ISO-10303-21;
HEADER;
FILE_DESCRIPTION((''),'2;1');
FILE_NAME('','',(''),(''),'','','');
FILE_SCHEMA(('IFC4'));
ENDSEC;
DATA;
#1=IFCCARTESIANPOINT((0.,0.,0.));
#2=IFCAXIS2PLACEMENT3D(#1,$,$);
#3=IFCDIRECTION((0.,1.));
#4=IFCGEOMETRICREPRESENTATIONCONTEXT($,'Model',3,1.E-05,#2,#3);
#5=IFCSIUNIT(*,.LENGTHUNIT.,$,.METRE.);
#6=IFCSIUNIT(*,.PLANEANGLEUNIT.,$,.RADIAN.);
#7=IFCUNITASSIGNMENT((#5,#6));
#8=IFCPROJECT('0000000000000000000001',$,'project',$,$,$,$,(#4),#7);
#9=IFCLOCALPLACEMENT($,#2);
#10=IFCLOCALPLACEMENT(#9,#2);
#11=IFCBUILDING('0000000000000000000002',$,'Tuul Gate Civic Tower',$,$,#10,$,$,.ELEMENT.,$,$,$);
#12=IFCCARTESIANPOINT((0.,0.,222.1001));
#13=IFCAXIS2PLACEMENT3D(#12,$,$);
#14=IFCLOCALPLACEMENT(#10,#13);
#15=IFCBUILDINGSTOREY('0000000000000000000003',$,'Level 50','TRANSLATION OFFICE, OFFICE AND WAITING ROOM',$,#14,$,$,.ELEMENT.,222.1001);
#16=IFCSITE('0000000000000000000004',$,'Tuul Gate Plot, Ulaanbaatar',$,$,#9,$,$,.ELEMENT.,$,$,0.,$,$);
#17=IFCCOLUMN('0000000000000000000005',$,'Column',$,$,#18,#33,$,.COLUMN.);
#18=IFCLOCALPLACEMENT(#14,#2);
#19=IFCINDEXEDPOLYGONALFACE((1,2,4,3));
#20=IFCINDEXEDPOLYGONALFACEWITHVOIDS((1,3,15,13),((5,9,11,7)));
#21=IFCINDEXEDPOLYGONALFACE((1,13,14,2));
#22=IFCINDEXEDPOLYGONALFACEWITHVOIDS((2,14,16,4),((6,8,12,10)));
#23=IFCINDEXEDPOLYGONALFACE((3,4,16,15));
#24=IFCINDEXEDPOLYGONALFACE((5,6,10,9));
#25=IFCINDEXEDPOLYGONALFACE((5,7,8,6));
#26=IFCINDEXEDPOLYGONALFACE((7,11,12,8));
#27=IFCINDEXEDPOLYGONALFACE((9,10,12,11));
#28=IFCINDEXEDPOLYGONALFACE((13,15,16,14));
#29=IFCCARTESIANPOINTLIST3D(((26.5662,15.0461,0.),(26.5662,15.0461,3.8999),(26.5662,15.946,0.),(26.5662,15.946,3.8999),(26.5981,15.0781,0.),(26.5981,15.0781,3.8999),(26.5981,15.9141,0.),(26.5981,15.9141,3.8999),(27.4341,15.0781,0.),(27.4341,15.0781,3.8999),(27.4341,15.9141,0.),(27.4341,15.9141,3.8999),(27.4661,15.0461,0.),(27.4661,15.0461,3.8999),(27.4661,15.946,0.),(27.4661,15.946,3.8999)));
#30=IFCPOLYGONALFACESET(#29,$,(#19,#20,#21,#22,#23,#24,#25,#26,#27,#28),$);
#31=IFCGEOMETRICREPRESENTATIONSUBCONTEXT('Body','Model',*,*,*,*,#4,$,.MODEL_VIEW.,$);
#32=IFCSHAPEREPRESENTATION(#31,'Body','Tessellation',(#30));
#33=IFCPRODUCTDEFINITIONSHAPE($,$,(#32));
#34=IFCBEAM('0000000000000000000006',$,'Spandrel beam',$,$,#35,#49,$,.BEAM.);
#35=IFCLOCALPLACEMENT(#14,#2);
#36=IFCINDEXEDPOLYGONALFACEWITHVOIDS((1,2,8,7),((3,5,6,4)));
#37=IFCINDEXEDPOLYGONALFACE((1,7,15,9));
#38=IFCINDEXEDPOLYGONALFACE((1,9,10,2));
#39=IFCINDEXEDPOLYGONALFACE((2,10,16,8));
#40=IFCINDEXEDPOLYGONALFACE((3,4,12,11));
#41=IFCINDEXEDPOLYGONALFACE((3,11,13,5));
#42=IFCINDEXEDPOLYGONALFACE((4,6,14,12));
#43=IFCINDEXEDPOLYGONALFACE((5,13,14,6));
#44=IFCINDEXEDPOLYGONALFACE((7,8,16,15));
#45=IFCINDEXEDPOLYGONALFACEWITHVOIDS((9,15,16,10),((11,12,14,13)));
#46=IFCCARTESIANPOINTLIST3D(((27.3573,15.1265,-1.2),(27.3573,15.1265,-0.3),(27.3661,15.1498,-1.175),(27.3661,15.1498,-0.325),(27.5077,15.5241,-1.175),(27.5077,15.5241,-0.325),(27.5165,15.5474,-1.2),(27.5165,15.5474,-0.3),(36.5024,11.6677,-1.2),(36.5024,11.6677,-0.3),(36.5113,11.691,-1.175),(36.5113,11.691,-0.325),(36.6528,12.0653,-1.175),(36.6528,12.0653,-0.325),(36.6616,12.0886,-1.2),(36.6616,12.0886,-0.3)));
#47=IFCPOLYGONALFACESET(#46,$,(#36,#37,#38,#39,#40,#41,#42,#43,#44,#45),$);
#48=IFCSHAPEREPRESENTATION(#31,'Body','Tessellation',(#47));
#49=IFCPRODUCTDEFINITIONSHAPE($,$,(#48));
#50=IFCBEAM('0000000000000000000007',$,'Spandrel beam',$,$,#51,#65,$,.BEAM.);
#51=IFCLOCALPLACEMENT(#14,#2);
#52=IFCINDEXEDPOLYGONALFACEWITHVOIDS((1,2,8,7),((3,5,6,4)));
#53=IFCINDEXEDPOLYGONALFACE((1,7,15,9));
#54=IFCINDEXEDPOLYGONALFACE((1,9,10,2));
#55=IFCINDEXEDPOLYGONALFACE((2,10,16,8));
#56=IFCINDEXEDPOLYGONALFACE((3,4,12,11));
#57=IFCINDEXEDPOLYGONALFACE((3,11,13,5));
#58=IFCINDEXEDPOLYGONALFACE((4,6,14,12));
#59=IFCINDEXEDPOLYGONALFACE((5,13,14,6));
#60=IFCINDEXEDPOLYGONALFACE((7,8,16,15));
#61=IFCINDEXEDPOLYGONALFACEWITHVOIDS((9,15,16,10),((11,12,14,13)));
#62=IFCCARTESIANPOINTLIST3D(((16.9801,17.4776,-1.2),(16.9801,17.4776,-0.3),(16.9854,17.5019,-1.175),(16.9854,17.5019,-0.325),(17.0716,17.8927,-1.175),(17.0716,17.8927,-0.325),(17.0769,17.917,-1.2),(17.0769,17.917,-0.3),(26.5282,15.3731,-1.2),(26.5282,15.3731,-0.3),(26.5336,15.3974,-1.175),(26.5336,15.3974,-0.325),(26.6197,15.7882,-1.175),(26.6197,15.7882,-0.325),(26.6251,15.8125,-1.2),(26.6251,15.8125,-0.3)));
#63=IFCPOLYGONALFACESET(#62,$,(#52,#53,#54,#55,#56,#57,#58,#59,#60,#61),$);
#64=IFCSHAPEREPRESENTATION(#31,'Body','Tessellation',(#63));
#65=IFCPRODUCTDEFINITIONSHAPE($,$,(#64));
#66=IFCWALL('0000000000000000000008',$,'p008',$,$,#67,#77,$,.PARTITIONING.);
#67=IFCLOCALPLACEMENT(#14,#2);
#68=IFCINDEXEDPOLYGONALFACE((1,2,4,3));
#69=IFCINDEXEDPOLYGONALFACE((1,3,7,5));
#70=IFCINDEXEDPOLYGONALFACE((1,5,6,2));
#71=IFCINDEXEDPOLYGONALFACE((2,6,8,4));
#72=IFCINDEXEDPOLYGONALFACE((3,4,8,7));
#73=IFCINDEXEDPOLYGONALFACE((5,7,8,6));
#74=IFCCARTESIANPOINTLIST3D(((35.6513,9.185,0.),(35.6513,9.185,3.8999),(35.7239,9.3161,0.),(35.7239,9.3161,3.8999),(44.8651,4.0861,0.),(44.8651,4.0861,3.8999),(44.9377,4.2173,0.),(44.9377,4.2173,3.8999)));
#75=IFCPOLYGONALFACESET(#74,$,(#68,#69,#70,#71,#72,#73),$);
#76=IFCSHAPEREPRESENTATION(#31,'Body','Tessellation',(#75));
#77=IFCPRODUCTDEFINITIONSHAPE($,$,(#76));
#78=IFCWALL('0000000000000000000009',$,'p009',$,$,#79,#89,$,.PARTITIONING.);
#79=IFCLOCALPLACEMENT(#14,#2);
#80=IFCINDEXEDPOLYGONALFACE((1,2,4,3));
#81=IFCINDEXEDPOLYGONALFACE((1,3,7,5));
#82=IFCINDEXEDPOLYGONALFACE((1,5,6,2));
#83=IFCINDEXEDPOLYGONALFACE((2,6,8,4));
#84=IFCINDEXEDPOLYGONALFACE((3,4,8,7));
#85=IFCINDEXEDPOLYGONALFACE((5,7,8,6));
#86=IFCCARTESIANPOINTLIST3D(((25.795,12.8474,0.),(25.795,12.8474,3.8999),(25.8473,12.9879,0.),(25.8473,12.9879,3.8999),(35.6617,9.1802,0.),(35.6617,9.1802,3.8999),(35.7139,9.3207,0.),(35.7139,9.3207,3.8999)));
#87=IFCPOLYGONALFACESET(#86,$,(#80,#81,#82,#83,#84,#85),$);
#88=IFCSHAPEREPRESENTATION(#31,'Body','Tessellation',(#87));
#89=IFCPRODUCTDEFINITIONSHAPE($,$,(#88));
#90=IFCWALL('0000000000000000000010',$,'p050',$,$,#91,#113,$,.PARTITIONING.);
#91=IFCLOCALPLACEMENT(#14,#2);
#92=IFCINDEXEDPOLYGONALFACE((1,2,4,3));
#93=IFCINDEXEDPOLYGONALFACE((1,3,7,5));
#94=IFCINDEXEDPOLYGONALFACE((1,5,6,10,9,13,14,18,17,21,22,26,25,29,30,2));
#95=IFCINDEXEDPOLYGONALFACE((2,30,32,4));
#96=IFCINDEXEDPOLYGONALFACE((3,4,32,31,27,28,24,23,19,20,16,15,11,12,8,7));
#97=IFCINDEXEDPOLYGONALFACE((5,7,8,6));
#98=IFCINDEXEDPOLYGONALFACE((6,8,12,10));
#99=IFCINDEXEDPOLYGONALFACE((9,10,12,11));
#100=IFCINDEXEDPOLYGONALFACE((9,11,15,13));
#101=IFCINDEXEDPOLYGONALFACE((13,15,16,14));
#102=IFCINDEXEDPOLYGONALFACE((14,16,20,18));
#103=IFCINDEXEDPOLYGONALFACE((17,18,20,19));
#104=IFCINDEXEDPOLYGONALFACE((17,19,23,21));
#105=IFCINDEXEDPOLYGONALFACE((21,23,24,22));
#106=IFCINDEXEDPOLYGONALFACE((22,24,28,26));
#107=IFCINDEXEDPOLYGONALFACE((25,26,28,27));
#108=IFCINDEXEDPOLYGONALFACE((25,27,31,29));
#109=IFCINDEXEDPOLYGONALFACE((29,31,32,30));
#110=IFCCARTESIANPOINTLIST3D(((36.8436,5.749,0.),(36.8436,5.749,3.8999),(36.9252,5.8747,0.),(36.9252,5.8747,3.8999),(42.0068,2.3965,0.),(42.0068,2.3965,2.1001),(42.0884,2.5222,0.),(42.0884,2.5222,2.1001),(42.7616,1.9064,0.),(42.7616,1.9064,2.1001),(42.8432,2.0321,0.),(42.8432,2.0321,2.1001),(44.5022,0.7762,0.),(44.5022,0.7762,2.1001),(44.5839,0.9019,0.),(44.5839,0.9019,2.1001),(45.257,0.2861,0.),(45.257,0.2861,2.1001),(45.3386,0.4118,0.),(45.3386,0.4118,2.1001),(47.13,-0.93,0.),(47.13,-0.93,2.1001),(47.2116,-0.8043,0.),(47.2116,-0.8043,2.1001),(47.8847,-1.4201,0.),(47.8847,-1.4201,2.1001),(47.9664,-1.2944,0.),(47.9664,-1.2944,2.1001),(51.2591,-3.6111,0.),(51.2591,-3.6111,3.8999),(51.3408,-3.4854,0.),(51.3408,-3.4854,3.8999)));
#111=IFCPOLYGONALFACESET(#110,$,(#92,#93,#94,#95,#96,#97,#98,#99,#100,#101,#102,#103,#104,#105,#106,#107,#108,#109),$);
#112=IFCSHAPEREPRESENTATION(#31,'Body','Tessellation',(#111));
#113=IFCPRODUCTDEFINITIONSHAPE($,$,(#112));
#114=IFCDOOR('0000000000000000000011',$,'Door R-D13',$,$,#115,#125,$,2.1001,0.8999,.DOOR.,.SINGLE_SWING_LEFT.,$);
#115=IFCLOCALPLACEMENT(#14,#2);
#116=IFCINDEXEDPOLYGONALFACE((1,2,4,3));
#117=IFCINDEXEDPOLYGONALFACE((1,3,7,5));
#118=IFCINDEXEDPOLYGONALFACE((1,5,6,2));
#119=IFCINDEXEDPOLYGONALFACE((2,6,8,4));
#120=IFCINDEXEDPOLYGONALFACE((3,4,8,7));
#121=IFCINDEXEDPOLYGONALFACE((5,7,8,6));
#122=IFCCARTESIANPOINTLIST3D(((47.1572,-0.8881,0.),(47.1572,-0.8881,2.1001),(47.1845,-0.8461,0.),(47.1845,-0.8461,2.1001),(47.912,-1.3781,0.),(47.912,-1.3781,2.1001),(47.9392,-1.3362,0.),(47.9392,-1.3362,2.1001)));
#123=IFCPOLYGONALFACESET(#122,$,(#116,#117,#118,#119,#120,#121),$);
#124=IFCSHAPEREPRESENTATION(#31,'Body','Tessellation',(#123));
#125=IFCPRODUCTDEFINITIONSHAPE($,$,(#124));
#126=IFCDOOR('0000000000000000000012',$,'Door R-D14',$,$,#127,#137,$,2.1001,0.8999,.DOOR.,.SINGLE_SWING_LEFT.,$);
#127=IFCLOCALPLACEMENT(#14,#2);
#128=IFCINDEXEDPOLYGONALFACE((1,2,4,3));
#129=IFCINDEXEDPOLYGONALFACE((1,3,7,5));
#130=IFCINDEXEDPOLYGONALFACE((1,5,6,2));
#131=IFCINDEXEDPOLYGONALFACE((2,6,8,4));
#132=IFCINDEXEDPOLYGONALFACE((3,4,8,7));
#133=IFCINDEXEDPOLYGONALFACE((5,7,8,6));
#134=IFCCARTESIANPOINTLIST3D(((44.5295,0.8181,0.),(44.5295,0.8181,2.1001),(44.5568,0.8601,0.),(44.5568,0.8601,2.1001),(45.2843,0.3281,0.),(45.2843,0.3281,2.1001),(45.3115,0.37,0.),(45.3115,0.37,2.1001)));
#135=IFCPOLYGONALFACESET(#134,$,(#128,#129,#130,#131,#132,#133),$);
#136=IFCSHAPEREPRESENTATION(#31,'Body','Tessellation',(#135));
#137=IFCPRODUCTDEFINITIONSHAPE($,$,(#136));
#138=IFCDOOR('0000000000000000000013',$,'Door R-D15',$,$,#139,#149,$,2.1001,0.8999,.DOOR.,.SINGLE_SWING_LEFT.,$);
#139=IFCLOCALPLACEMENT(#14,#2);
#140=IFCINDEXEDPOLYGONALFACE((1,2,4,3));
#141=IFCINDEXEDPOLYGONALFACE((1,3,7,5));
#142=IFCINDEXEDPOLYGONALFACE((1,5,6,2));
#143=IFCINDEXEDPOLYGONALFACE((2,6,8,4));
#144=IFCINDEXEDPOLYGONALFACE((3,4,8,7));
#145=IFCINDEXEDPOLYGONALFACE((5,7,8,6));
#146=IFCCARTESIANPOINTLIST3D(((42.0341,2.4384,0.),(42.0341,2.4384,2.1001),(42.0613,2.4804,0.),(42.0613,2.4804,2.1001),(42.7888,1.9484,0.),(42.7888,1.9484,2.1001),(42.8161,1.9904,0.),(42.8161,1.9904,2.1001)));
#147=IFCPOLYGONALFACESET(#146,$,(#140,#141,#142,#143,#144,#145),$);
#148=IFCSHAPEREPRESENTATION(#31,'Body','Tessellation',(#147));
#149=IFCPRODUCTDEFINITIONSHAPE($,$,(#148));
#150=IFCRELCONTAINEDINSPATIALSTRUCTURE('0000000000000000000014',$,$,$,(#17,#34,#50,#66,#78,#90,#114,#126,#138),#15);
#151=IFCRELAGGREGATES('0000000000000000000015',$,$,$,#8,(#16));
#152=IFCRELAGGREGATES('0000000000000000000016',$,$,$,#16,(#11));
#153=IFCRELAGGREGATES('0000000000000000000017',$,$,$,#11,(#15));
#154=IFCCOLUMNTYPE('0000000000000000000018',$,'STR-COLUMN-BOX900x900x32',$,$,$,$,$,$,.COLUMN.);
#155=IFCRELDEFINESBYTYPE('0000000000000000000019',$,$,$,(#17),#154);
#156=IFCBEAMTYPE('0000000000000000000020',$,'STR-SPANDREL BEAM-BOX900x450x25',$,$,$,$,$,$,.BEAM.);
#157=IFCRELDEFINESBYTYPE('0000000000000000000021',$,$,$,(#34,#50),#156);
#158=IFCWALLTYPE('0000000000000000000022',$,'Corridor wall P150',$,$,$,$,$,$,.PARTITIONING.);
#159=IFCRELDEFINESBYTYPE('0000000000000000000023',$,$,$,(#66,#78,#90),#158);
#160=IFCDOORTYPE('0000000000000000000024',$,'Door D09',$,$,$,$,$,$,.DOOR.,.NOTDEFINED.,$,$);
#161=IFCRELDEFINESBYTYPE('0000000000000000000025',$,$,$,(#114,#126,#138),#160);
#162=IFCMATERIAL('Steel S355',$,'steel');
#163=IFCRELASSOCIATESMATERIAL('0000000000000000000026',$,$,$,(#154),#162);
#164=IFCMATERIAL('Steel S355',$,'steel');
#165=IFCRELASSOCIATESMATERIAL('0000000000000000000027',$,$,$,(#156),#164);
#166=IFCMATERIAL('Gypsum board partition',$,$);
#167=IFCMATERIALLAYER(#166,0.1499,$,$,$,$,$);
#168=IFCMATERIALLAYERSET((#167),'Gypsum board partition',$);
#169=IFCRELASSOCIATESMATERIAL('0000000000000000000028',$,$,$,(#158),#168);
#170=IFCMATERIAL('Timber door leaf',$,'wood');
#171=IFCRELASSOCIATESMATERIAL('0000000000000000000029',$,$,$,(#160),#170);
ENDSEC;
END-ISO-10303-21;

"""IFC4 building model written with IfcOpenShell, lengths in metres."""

from ifc_helpers import new_model, si_unit, direction, frame, frame_2d, origin, origin_2d, place, context, subcontext, project, spatial, rectangle, hollow_rectangle, extrude, material, layer, layer_set, material_profile, profile_set, type_object, element, fill, save


model = new_model("IFC4")

# Units and contexts
model_context = context("Model", 3, precision=1e-05, world=origin(), true_north=direction((0.0, 1.0)))
body_context = subcontext(model_context, "Body", "Model", "MODEL_VIEW")
ifc_project = project(units=[si_unit("LENGTHUNIT", "METRE"), si_unit("PLANEANGLEUNIT", "RADIAN")], contexts=[model_context])

# Site, building, storey
site_placement = place(None, origin())
site = spatial("IfcSite", under=ifc_project, at=site_placement, Name="Tuul Gate Plot, Ulaanbaatar", CompositionType="ELEMENT", RefElevation=0.0)
building_placement = place(site_placement, origin())
building = spatial("IfcBuilding", under=site, at=building_placement, Name="Tuul Gate Civic Tower", CompositionType="ELEMENT")
storey_placement = place(building_placement, frame((0.0, 0.0, 222.1001)))
storey = spatial("IfcBuildingStorey", under=building, at=storey_placement, Name="Level 50", Description="TRANSLATION OFFICE, OFFICE AND WAITING ROOM", CompositionType="ELEMENT", Elevation=222.1001)

# Column
ifc_material_1 = material(Name="Steel S355", Category="steel")
ifc_material_profile_1 = material_profile(ifc_material_1, hollow_rectangle(XDim=0.8999, YDim=0.8999, WallThickness=0.032, at=origin_2d()), Name="BOX900x900x32")
ifc_profile_set_1 = profile_set([ifc_material_profile_1], Name="Steel S355")
column_type = type_object("IfcColumnType", Name="STR-COLUMN-BOX900x900x32", PredefinedType="COLUMN", material=ifc_profile_set_1)
column_placement = place(storey_placement, frame((27.0161, 15.4961, 0.0), z_axis=(0.0, 0.0, 1.0), x_axis=(1.0, 0.0, 0.0)))
element("IfcColumn", 1, at=column_placement, inside=storey, type_object=column_type, Name="Column", PredefinedType="COLUMN", context=body_context, shape_type="SweptSolid", body=[
    extrude(hollow_rectangle(XDim=0.8999, YDim=0.8999, WallThickness=0.032, at=origin_2d()), origin(), (0.0, 0.0, 1.0), 3.8999),
])

# Beams
ifc_material_2 = material(Name="Steel S355", Category="steel")
ifc_material_profile_2 = material_profile(ifc_material_2, hollow_rectangle(XDim=0.45, YDim=0.8999, WallThickness=0.0249, at=origin_2d()), Name="BOX900x450x25")
ifc_profile_set_2 = profile_set([ifc_material_profile_2], Name="Steel S355")
beam_type = type_object("IfcBeamType", Name="STR-SPANDREL BEAM-BOX900x450x25", PredefinedType="BEAM", material=ifc_profile_set_2)
for number, where, z_axis, x_axis, name in (
    (2, (36.582, 11.8782, -0.75), (-0.935338, 0.353755, 0.0), (-0.353755, -0.935338, 0.0), "Spandrel beam"),
    (3, (26.5767, 15.5928, -0.75), (-0.97656, 0.215243, 0.0), (-0.215243, -0.97656, 0.0), "Spandrel beam"),
):
    element("IfcBeam", number, at=place(storey_placement, frame(where, z_axis=z_axis, x_axis=x_axis)), inside=storey, type_object=beam_type, Name=name, PredefinedType="BEAM", context=body_context, shape_type="SweptSolid", body=[
        extrude(hollow_rectangle(XDim=0.45, YDim=0.8999, WallThickness=0.0249, at=origin_2d()), origin(), (0.0, 0.0, 1.0), 9.7773),
    ])

# Walls
ifc_material_3 = material(Name="Gypsum board partition")
ifc_layer_1 = layer(ifc_material_3, 0.1499)
ifc_layer_set_1 = layer_set([ifc_layer_1], Name="Gypsum board partition")
wall_type_1 = type_object("IfcWallType", Name="Corridor wall P150", PredefinedType="PARTITIONING", material=ifc_layer_set_1)
wall_1_placement = place(storey_placement, frame((35.6877, 9.2505, 0.0), z_axis=(0.0, 0.0, 1.0), x_axis=(0.87496, -0.484195, 0.0)))
element("IfcWall", 4, at=wall_1_placement, inside=storey, type_object=wall_type_1, Name="p008", PredefinedType="PARTITIONING", context=body_context, shape_type="SweptSolid", body=[
    extrude(rectangle(XDim=10.5305, YDim=0.1499, at=frame_2d((5.2651, 0.0))), origin(), (0.0, 0.0, 1.0), 3.8999),
])
wall_2_placement = place(storey_placement, frame((25.821, 12.9177, 0.0), z_axis=(0.0, 0.0, 1.0), x_axis=(0.937349, -0.348392, 0.0)))
element("IfcWall", 5, at=wall_2_placement, inside=storey, type_object=wall_type_1, Name="p009", PredefinedType="PARTITIONING", context=body_context, shape_type="SweptSolid", body=[
    extrude(rectangle(XDim=10.5261, YDim=0.1499, at=frame_2d((5.2632, 0.0))), origin(), (0.0, 0.0, 1.0), 3.8999),
])

# Wall, openings, doors
wall_3_placement = place(storey_placement, frame((36.8845, 5.8118, 0.0), z_axis=(0.0, 0.0, 1.0), x_axis=(0.838709, -0.54458, 0.0)))
wall_3 = element("IfcWall", 6, at=wall_3_placement, inside=storey, type_object=wall_type_1, Name="p050", PredefinedType="PARTITIONING", context=body_context, shape_type="SweptSolid", body=[
    extrude(rectangle(XDim=17.1877, YDim=0.1499, at=frame_2d((8.5938, 0.0))), origin(), (0.0, 0.0, 1.0), 3.8999),
])
opening_1_placement = place(wall_3_placement, frame((12.2644, 0.0, 0.0)))
opening_1 = element("IfcOpeningElement", 7, at=opening_1_placement, cuts=wall_3, PredefinedType="OPENING", context=body_context, shape_type="SweptSolid", body=[
    extrude(rectangle(XDim=0.8999, YDim=2.1001, at=frame_2d((0.45, 1.05))), frame((0.0, 0.085, 0.0), z_axis=(0.0, -1.0, 0.0), x_axis=(1.0, 0.0, 0.0)), (0.0, 0.0, 1.0), 0.1699),
])
opening_2_placement = place(wall_3_placement, frame((9.1313, 0.0, 0.0)))
opening_2 = element("IfcOpeningElement", 8, at=opening_2_placement, cuts=wall_3, PredefinedType="OPENING", context=body_context, shape_type="SweptSolid", body=[
    extrude(rectangle(XDim=0.8999, YDim=2.1001, at=frame_2d((0.45, 1.05))), frame((0.0, 0.085, 0.0), z_axis=(0.0, -1.0, 0.0), x_axis=(1.0, 0.0, 0.0)), (0.0, 0.0, 1.0), 0.1699),
])
opening_3_placement = place(wall_3_placement, frame((6.156, 0.0, 0.0)))
opening_3 = element("IfcOpeningElement", 9, at=opening_3_placement, cuts=wall_3, PredefinedType="OPENING", context=body_context, shape_type="SweptSolid", body=[
    extrude(rectangle(XDim=0.8999, YDim=2.1001, at=frame_2d((0.45, 1.05))), frame((0.0, 0.085, 0.0), z_axis=(0.0, -1.0, 0.0), x_axis=(1.0, 0.0, 0.0)), (0.0, 0.0, 1.0), 0.1699),
])
ifc_material_4 = material(Name="Timber door leaf", Category="wood")
door_type = type_object("IfcDoorType", Name="Door D09", OperationType="NOTDEFINED", PredefinedType="DOOR", material=ifc_material_4)
door_1_placement = place(opening_1_placement, frame((0.8999, 0.0, 0.0), z_axis=(0.0, 0.0, 1.0), x_axis=(-1.0, 0.0, 0.0)))
door_1 = element("IfcDoor", 10, at=door_1_placement, inside=storey, type_object=door_type, Name="Door R-D13", OperationType="SINGLE_SWING_LEFT", OverallHeight=2.1001, OverallWidth=0.8999, PredefinedType="DOOR", context=body_context, shape_type="SweptSolid", body=[
    extrude(rectangle(XDim=0.8999, YDim=2.1001, at=frame_2d((0.45, 1.05))), frame((0.0, 0.0249, 0.0), z_axis=(0.0, -1.0, 0.0), x_axis=(1.0, 0.0, 0.0)), (0.0, 0.0, 1.0), 0.05),
])
fill(opening_1, door_1)
door_2_placement = place(opening_2_placement, frame((0.8999, 0.0, 0.0), z_axis=(0.0, 0.0, 1.0), x_axis=(-1.0, 0.0, 0.0)))
door_2 = element("IfcDoor", 11, at=door_2_placement, inside=storey, type_object=door_type, Name="Door R-D14", OperationType="SINGLE_SWING_LEFT", OverallHeight=2.1001, OverallWidth=0.8999, PredefinedType="DOOR", context=body_context, shape_type="SweptSolid", body=[
    extrude(rectangle(XDim=0.8999, YDim=2.1001, at=frame_2d((0.45, 1.05))), frame((0.0, 0.0249, 0.0), z_axis=(0.0, -1.0, 0.0), x_axis=(1.0, 0.0, 0.0)), (0.0, 0.0, 1.0), 0.05),
])
fill(opening_2, door_2)
door_3_placement = place(opening_3_placement, frame((0.8999, 0.0, 0.0), z_axis=(0.0, 0.0, 1.0), x_axis=(-1.0, 0.0, 0.0)))
door_3 = element("IfcDoor", 12, at=door_3_placement, inside=storey, type_object=door_type, Name="Door R-D15", OperationType="SINGLE_SWING_LEFT", OverallHeight=2.1001, OverallWidth=0.8999, PredefinedType="DOOR", context=body_context, shape_type="SweptSolid", body=[
    extrude(rectangle(XDim=0.8999, YDim=2.1001, at=frame_2d((0.45, 1.05))), frame((0.0, 0.0249, 0.0), z_axis=(0.0, -1.0, 0.0), x_axis=(1.0, 0.0, 0.0)), (0.0, 0.0, 1.0), 0.05),
])
fill(opening_3, door_3)

save(model, "model.ifc")
